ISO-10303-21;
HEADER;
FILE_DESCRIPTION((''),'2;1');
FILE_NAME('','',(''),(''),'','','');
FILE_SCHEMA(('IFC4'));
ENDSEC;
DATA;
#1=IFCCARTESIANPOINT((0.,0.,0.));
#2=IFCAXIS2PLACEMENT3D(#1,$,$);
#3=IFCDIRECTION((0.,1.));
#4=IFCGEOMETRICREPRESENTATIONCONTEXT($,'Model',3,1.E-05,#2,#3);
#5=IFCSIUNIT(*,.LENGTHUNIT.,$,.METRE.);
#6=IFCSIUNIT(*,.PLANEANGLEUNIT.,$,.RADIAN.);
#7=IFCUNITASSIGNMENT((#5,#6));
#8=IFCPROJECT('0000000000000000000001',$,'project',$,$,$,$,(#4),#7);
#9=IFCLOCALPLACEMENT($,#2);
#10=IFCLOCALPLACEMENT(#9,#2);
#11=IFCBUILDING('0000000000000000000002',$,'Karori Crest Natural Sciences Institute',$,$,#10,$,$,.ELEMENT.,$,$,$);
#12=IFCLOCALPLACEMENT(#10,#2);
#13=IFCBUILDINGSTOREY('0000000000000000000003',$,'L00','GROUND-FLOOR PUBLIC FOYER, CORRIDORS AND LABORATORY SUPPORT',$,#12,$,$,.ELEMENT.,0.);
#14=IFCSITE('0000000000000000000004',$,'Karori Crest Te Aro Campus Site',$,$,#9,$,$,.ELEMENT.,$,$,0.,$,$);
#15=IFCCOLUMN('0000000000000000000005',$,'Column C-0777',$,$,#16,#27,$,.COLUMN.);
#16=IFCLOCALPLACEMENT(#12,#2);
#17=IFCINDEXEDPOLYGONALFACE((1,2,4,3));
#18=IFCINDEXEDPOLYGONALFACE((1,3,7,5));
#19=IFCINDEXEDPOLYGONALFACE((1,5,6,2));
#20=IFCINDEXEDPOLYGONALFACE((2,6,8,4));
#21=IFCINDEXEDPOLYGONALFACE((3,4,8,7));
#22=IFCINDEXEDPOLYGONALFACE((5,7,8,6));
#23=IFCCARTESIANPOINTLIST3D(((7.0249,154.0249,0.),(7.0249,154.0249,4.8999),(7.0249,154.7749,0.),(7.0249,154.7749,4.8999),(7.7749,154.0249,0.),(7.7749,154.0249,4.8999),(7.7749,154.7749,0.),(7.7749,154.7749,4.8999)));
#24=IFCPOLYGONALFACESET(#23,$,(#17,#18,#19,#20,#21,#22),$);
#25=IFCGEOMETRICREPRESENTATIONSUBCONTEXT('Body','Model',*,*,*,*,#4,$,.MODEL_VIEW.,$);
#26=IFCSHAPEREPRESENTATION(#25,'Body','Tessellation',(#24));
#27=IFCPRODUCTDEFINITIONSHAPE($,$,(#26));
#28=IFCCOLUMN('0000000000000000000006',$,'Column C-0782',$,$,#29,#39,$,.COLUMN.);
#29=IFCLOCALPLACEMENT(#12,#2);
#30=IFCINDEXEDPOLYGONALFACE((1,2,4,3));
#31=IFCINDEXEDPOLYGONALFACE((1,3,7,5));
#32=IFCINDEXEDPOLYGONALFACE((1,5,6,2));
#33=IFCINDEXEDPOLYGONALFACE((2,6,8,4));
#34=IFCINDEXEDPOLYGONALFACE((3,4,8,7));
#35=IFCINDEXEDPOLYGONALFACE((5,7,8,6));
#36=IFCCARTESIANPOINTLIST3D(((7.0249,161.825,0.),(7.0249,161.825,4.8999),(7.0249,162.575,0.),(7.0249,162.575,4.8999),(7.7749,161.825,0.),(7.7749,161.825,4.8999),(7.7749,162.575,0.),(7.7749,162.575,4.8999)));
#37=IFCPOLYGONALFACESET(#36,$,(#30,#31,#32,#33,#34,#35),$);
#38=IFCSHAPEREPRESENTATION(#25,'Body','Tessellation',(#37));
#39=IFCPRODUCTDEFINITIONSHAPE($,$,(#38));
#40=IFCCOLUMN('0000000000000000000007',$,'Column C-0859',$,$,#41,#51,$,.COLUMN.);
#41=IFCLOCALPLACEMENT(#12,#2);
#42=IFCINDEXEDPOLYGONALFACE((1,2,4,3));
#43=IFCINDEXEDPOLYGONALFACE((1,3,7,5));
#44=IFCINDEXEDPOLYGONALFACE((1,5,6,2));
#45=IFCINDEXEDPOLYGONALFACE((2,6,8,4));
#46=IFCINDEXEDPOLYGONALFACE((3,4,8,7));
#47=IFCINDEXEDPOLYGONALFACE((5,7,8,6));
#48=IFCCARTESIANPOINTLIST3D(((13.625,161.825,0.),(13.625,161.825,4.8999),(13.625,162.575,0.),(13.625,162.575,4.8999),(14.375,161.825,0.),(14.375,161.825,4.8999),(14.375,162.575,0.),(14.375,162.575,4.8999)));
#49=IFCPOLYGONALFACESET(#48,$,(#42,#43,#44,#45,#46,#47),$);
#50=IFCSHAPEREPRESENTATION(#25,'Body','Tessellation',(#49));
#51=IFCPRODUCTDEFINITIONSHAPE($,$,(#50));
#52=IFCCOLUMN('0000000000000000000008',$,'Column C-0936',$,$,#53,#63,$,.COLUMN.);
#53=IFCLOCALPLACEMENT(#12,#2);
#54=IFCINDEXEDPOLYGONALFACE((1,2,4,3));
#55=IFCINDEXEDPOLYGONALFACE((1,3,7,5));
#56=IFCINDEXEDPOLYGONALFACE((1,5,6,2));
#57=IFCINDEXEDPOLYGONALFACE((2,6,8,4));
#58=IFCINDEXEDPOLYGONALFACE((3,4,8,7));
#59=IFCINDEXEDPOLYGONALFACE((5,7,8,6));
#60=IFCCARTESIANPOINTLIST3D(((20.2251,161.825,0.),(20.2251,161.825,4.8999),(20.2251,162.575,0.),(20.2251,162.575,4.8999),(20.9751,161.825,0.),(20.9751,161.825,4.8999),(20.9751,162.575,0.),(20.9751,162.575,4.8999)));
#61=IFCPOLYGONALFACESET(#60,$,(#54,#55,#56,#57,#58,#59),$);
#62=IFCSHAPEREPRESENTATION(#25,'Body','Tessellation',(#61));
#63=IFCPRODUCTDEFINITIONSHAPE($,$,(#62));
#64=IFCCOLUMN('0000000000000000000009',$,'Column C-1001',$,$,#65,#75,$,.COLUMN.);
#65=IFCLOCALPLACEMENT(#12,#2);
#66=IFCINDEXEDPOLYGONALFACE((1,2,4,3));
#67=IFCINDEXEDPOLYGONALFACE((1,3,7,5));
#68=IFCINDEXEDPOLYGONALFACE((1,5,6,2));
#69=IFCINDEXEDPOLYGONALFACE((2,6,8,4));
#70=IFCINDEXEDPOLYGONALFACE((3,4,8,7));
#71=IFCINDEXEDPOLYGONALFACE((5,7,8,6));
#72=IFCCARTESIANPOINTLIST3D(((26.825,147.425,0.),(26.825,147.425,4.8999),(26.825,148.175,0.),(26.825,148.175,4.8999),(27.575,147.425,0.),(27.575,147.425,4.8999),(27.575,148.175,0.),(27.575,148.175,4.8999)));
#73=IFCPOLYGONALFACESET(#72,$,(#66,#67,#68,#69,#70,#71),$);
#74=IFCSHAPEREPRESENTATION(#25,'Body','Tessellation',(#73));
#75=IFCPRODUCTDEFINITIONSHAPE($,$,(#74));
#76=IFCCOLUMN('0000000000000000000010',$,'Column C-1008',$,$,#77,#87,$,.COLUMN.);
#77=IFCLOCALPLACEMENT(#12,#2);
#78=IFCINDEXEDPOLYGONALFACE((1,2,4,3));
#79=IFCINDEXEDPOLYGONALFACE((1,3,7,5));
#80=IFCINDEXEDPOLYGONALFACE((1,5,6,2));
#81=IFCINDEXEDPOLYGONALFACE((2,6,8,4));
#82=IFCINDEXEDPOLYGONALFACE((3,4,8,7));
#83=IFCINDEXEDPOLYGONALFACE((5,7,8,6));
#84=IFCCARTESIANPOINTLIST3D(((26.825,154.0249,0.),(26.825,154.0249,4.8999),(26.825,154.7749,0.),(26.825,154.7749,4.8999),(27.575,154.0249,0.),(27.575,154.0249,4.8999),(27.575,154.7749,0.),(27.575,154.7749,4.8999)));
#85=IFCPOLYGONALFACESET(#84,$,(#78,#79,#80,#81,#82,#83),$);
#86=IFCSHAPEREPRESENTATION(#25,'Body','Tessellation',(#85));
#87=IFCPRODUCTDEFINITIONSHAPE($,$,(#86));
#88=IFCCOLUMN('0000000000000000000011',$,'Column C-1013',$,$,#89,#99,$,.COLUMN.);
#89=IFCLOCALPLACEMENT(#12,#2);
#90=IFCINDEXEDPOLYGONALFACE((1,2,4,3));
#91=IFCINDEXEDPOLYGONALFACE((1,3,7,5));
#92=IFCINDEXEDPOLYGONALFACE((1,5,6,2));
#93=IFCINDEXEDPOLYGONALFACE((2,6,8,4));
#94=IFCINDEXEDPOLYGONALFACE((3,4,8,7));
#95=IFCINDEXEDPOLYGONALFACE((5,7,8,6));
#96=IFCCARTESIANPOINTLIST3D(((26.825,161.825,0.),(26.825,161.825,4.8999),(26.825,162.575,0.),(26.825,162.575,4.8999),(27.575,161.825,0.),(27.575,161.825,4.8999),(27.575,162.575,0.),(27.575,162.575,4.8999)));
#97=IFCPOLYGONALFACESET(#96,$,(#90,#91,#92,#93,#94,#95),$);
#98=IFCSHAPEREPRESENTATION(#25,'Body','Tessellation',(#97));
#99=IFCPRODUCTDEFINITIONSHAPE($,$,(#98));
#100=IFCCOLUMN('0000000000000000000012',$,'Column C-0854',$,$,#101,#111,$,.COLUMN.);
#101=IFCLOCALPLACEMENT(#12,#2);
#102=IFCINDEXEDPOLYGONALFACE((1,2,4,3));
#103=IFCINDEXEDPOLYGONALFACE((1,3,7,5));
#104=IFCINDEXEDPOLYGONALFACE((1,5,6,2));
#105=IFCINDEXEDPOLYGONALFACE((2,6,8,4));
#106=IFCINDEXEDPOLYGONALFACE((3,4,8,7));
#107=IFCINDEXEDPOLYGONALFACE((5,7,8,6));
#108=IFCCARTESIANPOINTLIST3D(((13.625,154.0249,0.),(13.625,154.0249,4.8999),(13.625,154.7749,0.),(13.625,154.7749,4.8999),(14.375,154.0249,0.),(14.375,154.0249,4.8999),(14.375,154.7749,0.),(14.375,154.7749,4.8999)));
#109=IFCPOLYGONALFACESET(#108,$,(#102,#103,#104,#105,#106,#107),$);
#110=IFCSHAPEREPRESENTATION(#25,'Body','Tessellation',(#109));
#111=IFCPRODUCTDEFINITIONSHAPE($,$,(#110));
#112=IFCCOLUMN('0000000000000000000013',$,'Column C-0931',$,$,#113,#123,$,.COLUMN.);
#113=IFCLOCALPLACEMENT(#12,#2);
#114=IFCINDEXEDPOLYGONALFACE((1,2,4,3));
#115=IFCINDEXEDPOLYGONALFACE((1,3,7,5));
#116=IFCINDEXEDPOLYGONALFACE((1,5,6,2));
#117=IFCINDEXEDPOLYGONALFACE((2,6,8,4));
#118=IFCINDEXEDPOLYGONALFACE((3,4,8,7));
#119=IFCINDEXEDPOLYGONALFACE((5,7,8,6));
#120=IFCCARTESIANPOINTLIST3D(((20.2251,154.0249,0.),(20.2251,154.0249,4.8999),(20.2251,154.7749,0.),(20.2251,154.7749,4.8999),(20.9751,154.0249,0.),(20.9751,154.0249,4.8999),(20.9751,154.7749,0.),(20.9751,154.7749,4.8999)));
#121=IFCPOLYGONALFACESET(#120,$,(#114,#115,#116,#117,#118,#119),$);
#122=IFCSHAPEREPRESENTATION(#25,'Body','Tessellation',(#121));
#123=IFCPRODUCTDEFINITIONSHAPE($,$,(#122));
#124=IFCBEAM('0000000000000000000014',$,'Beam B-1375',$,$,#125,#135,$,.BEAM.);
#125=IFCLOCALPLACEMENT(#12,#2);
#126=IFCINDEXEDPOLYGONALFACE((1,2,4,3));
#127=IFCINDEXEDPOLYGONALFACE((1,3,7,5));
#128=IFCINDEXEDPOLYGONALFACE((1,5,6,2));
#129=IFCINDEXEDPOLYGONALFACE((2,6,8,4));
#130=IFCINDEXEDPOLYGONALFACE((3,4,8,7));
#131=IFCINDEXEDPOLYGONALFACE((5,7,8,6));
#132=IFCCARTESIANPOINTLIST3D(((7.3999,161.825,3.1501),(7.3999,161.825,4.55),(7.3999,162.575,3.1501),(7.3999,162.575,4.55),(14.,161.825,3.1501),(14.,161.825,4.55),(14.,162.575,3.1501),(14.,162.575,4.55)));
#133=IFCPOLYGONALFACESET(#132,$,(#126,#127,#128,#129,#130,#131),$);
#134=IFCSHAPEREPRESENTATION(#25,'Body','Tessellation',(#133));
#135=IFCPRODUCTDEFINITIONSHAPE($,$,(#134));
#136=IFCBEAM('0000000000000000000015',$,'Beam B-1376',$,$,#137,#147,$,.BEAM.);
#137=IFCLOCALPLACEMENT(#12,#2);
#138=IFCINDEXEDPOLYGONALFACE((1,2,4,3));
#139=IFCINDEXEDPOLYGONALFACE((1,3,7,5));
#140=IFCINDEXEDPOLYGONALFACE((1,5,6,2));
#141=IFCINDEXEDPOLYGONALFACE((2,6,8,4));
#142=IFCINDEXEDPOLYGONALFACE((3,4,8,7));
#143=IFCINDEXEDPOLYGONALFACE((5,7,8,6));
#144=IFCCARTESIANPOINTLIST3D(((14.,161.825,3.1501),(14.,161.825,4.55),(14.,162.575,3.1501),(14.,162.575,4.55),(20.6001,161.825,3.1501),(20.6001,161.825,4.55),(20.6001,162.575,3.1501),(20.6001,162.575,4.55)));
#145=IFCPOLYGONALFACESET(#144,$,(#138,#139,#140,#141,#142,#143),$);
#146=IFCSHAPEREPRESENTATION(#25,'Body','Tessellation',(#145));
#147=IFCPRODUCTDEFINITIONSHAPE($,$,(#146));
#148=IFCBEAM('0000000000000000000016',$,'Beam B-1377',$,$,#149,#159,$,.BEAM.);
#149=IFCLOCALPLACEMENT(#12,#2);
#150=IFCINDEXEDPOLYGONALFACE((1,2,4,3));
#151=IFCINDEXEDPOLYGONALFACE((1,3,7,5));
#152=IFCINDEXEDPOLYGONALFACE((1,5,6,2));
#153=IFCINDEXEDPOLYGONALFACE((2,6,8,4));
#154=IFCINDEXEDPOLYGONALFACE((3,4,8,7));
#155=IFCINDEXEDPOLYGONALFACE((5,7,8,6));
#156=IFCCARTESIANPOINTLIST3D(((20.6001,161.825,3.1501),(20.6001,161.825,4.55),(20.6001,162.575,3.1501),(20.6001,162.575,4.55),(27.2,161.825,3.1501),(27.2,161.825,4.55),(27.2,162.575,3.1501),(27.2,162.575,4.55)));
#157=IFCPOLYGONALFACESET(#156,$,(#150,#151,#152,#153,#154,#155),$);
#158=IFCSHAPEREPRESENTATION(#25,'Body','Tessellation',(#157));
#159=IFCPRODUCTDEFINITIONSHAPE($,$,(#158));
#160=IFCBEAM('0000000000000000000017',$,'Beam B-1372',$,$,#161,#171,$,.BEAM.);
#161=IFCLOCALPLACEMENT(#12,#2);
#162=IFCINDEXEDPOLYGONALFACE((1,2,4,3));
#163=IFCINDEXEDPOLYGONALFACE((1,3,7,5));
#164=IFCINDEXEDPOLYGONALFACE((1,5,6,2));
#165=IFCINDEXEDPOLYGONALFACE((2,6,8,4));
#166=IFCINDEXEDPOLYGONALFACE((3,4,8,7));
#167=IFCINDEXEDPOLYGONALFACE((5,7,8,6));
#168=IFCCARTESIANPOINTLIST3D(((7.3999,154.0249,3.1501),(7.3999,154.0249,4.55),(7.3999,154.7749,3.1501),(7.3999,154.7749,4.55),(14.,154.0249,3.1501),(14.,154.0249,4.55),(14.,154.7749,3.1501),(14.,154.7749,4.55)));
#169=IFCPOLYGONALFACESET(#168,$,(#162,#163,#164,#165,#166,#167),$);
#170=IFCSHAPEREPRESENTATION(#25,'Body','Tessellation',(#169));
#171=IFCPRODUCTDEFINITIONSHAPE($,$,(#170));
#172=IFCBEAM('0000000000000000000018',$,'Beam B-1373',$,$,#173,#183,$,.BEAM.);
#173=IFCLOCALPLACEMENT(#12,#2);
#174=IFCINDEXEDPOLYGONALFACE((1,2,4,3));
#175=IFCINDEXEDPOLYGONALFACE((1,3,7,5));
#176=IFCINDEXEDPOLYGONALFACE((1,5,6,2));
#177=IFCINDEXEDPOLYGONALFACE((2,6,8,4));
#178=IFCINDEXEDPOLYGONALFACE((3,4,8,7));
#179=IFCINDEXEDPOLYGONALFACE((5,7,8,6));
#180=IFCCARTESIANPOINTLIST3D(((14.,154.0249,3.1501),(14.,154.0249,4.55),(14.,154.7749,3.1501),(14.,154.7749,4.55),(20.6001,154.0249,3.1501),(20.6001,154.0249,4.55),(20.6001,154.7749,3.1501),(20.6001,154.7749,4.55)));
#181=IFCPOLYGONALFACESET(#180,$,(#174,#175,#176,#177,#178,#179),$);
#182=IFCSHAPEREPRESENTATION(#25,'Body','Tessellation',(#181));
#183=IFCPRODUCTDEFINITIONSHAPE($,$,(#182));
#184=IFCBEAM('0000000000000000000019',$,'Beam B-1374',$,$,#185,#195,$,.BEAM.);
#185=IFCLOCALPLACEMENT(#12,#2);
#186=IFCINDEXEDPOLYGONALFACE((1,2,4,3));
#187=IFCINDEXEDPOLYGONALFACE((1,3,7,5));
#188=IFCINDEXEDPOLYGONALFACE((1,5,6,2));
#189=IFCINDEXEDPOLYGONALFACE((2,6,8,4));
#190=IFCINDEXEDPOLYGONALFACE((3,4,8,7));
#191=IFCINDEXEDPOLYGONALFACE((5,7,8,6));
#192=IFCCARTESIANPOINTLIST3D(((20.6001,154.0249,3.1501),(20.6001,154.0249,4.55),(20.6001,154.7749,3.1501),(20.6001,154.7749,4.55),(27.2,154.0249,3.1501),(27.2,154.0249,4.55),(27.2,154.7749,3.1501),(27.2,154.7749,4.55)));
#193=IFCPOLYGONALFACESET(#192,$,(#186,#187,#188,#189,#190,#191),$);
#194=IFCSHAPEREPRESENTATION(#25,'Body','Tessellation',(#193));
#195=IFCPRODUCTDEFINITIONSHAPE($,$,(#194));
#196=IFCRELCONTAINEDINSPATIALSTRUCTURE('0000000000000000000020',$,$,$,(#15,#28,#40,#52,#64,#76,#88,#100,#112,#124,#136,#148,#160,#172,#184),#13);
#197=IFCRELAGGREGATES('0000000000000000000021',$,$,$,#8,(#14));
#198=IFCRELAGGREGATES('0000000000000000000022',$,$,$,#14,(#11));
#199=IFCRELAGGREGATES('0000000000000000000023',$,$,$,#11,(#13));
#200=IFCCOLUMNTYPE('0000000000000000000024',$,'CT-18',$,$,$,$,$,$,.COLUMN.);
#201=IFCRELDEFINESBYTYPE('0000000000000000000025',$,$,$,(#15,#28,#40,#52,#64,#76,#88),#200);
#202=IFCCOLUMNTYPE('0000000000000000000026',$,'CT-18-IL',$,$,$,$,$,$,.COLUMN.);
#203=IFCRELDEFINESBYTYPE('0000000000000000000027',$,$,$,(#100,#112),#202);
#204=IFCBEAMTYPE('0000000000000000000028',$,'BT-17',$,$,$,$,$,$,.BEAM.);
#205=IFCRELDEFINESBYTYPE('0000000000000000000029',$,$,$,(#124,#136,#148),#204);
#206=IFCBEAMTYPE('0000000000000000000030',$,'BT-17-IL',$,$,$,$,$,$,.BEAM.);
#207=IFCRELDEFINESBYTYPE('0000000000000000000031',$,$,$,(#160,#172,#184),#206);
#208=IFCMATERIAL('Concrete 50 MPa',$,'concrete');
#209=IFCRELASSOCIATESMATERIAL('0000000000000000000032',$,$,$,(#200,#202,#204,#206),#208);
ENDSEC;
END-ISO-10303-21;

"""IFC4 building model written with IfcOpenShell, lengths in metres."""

from ifc_helpers import new_model, si_unit, direction, frame, origin, origin_2d, place, context, subcontext, project, spatial, rectangle, extrude, material, material_profile, profile_set, type_object, element, save


model = new_model("IFC4")

# Units and contexts
model_context = context("Model", 3, precision=1e-05, world=origin(), true_north=direction((0.0, 1.0)))
body_context = subcontext(model_context, "Body", "Model", "MODEL_VIEW")
ifc_project = project(units=[si_unit("LENGTHUNIT", "METRE"), si_unit("PLANEANGLEUNIT", "RADIAN")], contexts=[model_context])

# Site, building, storey
site_placement = place(None, origin())
site = spatial("IfcSite", under=ifc_project, at=site_placement, Name="Karori Crest Te Aro Campus Site", CompositionType="ELEMENT", RefElevation=0.0)
building_placement = place(site_placement, origin())
building = spatial("IfcBuilding", under=site, at=building_placement, Name="Karori Crest Natural Sciences Institute", CompositionType="ELEMENT")
storey_placement = place(building_placement, origin())
storey = spatial("IfcBuildingStorey", under=building, at=storey_placement, Name="L00", Description="GROUND-FLOOR PUBLIC FOYER, CORRIDORS AND LABORATORY SUPPORT", CompositionType="ELEMENT", Elevation=0.0)

# Columns
ifc_material_1 = material(Name="Concrete 50 MPa", Category="concrete")
ifc_material_profile_1 = material_profile(ifc_material_1, rectangle(XDim=0.75, YDim=0.75, at=origin_2d()), Name="RC750x750")
ifc_profile_set_1 = profile_set([ifc_material_profile_1], Name="Concrete 50 MPa")
column_type_1 = type_object("IfcColumnType", Name="CT-18", PredefinedType="COLUMN", material=ifc_profile_set_1)
for number, where, z_axis, x_axis, name in (
    (1, (7.3999, 154.3999, 0.0), (0.0, 0.0, 1.0), (1.0, 0.0, 0.0), "Column C-0777"),
    (2, (7.3999, 162.2, 0.0), (0.0, 0.0, 1.0), (1.0, 0.0, 0.0), "Column C-0782"),
    (3, (14.0, 162.2, 0.0), (0.0, 0.0, 1.0), (1.0, 0.0, 0.0), "Column C-0859"),
    (4, (20.6001, 162.2, 0.0), (0.0, 0.0, 1.0), (1.0, 0.0, 0.0), "Column C-0936"),
    (5, (27.2, 147.8, 0.0), (0.0, 0.0, 1.0), (1.0, 0.0, 0.0), "Column C-1001"),
    (6, (27.2, 154.3999, 0.0), (0.0, 0.0, 1.0), (1.0, 0.0, 0.0), "Column C-1008"),
    (7, (27.2, 162.2, 0.0), (0.0, 0.0, 1.0), (1.0, 0.0, 0.0), "Column C-1013"),
):
    element("IfcColumn", number, at=place(storey_placement, frame(where, z_axis=z_axis, x_axis=x_axis)), inside=storey, type_object=column_type_1, Name=name, PredefinedType="COLUMN", context=body_context, shape_type="SweptSolid", body=[
        extrude(rectangle(XDim=0.75, YDim=0.75, at=origin_2d()), origin(), (0.0, 0.0, 1.0), 4.8999),
    ])
ifc_material_profile_2 = material_profile(ifc_material_1, rectangle(XDim=0.75, YDim=0.75, at=origin_2d()), Name="RC750x750")
ifc_profile_set_2 = profile_set([ifc_material_profile_2], Name="Concrete 50 MPa")
column_type_2 = type_object("IfcColumnType", Name="CT-18-IL", PredefinedType="COLUMN", material=ifc_profile_set_2)
for number, where, z_axis, x_axis, name in (
    (8, (14.0, 154.3999, 0.0), (0.0, 0.0, 1.0), (1.0, 0.0, 0.0), "Column C-0854"),
    (9, (20.6001, 154.3999, 0.0), (0.0, 0.0, 1.0), (1.0, 0.0, 0.0), "Column C-0931"),
):
    element("IfcColumn", number, at=place(storey_placement, frame(where, z_axis=z_axis, x_axis=x_axis)), inside=storey, type_object=column_type_2, Name=name, PredefinedType="COLUMN", context=body_context, shape_type="SweptSolid", body=[
        extrude(rectangle(XDim=0.75, YDim=0.75, at=origin_2d()), origin(), (0.0, 0.0, 1.0), 4.8999),
    ])

# Beams
ifc_material_profile_3 = material_profile(ifc_material_1, rectangle(XDim=0.75, YDim=1.3999, at=origin_2d()), Name="RCB750x1400")
ifc_profile_set_3 = profile_set([ifc_material_profile_3], Name="Concrete 50 MPa")
beam_type_1 = type_object("IfcBeamType", Name="BT-17", PredefinedType="BEAM", material=ifc_profile_set_3)
for number, where, z_axis, x_axis, name in (
    (10, (7.3999, 162.2, 3.8501), (1.0, 0.0, 0.0), (0.0, 1.0, 0.0), "Beam B-1375"),
    (11, (14.0, 162.2, 3.8501), (1.0, 0.0, 0.0), (0.0, 1.0, 0.0), "Beam B-1376"),
):
    element("IfcBeam", number, at=place(storey_placement, frame(where, z_axis=z_axis, x_axis=x_axis)), inside=storey, type_object=beam_type_1, Name=name, PredefinedType="BEAM", context=body_context, shape_type="SweptSolid", body=[
        extrude(rectangle(XDim=0.75, YDim=1.3999, at=origin_2d()), origin(), (0.0, 0.0, 1.0), 6.6001),
    ])
beam_1_placement = place(storey_placement, frame((20.6001, 162.2, 3.8501), z_axis=(1.0, 0.0, 0.0), x_axis=(0.0, 1.0, 0.0)))
element("IfcBeam", 12, at=beam_1_placement, inside=storey, type_object=beam_type_1, Name="Beam B-1377", PredefinedType="BEAM", context=body_context, shape_type="SweptSolid", body=[
    extrude(rectangle(XDim=0.75, YDim=1.3999, at=origin_2d()), origin(), (0.0, 0.0, 1.0), 6.5999),
])
ifc_material_profile_4 = material_profile(ifc_material_1, rectangle(XDim=0.75, YDim=1.3999, at=origin_2d()), Name="RCB750x1400")
ifc_profile_set_4 = profile_set([ifc_material_profile_4], Name="Concrete 50 MPa")
beam_type_2 = type_object("IfcBeamType", Name="BT-17-IL", PredefinedType="BEAM", material=ifc_profile_set_4)
for number, where, z_axis, x_axis, name in (
    (13, (7.3999, 154.3999, 3.8501), (1.0, 0.0, 0.0), (0.0, 1.0, 0.0), "Beam B-1372"),
    (14, (14.0, 154.3999, 3.8501), (1.0, 0.0, 0.0), (0.0, 1.0, 0.0), "Beam B-1373"),
):
    element("IfcBeam", number, at=place(storey_placement, frame(where, z_axis=z_axis, x_axis=x_axis)), inside=storey, type_object=beam_type_2, Name=name, PredefinedType="BEAM", context=body_context, shape_type="SweptSolid", body=[
        extrude(rectangle(XDim=0.75, YDim=1.3999, at=origin_2d()), origin(), (0.0, 0.0, 1.0), 6.6001),
    ])
beam_2_placement = place(storey_placement, frame((20.6001, 154.3999, 3.8501), z_axis=(1.0, 0.0, 0.0), x_axis=(0.0, 1.0, 0.0)))
element("IfcBeam", 15, at=beam_2_placement, inside=storey, type_object=beam_type_2, Name="Beam B-1374", PredefinedType="BEAM", context=body_context, shape_type="SweptSolid", body=[
    extrude(rectangle(XDim=0.75, YDim=1.3999, at=origin_2d()), origin(), (0.0, 0.0, 1.0), 6.5999),
])

save(model, "model.ifc")
